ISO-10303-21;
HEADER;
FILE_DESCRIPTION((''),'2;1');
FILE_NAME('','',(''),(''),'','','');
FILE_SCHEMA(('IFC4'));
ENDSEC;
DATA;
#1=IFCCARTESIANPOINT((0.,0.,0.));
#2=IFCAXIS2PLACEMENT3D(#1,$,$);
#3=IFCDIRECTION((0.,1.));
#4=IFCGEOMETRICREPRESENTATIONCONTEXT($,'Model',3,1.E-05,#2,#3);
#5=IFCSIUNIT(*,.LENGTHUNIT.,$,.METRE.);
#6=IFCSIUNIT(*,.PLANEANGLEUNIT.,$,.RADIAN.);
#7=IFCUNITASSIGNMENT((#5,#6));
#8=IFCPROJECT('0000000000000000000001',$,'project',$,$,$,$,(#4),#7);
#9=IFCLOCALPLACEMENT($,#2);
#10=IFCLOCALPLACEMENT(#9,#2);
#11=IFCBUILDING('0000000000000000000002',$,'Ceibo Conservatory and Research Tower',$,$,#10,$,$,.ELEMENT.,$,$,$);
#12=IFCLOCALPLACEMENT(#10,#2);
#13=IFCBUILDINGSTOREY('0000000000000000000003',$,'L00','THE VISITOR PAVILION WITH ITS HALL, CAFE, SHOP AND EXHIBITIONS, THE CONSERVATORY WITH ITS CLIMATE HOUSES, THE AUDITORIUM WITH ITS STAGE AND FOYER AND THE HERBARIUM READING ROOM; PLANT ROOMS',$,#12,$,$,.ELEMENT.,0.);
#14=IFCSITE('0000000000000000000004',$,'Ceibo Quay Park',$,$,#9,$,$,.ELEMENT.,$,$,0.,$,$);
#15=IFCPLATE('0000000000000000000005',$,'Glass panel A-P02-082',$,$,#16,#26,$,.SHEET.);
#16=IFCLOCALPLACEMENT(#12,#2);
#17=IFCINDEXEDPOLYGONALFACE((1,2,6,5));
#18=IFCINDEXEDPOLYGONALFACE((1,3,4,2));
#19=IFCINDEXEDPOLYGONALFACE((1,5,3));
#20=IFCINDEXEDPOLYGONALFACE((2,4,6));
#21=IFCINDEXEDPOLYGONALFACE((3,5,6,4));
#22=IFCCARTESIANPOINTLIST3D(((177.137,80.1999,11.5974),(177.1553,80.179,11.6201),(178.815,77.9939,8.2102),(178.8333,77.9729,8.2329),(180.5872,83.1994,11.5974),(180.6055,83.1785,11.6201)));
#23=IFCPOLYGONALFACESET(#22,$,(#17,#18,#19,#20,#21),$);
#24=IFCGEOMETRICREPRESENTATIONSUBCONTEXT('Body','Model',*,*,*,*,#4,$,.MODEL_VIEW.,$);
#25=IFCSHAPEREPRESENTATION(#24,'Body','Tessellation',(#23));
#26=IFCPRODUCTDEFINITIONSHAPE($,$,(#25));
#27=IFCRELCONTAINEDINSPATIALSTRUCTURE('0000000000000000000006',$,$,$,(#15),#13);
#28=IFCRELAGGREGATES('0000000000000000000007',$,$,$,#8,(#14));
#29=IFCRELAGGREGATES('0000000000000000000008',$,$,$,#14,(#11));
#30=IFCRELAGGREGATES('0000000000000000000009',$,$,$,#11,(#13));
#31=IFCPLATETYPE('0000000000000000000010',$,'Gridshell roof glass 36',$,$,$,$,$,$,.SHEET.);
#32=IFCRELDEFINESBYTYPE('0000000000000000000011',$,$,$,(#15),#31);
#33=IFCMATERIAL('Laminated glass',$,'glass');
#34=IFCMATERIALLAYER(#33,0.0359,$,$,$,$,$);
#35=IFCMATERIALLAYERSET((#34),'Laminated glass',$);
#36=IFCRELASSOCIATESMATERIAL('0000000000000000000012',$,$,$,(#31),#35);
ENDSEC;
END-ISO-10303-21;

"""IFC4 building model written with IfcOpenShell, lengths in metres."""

from ifc_helpers import new_model, si_unit, direction, frame, origin, place, context, subcontext, project, spatial, polyline, outline, extrude, material, layer, layer_set, type_object, element, save


model = new_model("IFC4")

# Units and contexts
model_context = context("Model", 3, precision=1e-05, world=origin(), true_north=direction((0.0, 1.0)))
body_context = subcontext(model_context, "Body", "Model", "MODEL_VIEW")
ifc_project = project(units=[si_unit("LENGTHUNIT", "METRE"), si_unit("PLANEANGLEUNIT", "RADIAN")], contexts=[model_context])

# Site, building, storey
site_placement = place(None, origin())
site = spatial("IfcSite", under=ifc_project, at=site_placement, Name="Ceibo Quay Park", CompositionType="ELEMENT", RefElevation=0.0)
building_placement = place(site_placement, origin())
building = spatial("IfcBuilding", under=site, at=building_placement, Name="Ceibo Conservatory and Research Tower", CompositionType="ELEMENT")
storey_placement = place(building_placement, origin())
storey = spatial("IfcBuildingStorey", under=building, at=storey_placement, Name="L00", Description="THE VISITOR PAVILION WITH ITS HALL, CAFE, SHOP AND EXHIBITIONS, THE CONSERVATORY WITH ITS CLIMATE HOUSES, THE AUDITORIUM WITH ITS STAGE AND FOYER AND THE HERBARIUM READING ROOM; PLANT ROOMS", CompositionType="ELEMENT", Elevation=0.0)

# Shared definitions
ifc_material_1 = material(Name="Laminated glass", Category="glass")

# Plate
ifc_layer_1 = layer(ifc_material_1, 0.0359)
ifc_layer_set_1 = layer_set([ifc_layer_1], Name="Laminated glass")
plate_type_1 = type_object("IfcPlateType", Name="Gridshell roof glass 36", PredefinedType="SHEET", material=ifc_layer_set_1)
plate_1_placement = place(storey_placement, frame((178.8333, 77.9729, 8.2329), z_axis=(0.508201, -0.584559, 0.632474), x_axis=(0.274402, 0.806006, 0.52446)))
element("IfcPlate", 1, at=plate_1_placement, inside=storey, type_object=plate_type_1, Name="Glass panel A-P02-082", PredefinedType="SHEET", context=body_context, shape_type="SweptSolid", body=[
    extrude(outline(polyline([(0.0, 0.0), (6.4585, 0.0), (3.0941, 3.0955), (0.0, 0.0)])), origin(), (0.0, 0.0, -1.0), 0.0359),
])

save(model, "model.ifc")
